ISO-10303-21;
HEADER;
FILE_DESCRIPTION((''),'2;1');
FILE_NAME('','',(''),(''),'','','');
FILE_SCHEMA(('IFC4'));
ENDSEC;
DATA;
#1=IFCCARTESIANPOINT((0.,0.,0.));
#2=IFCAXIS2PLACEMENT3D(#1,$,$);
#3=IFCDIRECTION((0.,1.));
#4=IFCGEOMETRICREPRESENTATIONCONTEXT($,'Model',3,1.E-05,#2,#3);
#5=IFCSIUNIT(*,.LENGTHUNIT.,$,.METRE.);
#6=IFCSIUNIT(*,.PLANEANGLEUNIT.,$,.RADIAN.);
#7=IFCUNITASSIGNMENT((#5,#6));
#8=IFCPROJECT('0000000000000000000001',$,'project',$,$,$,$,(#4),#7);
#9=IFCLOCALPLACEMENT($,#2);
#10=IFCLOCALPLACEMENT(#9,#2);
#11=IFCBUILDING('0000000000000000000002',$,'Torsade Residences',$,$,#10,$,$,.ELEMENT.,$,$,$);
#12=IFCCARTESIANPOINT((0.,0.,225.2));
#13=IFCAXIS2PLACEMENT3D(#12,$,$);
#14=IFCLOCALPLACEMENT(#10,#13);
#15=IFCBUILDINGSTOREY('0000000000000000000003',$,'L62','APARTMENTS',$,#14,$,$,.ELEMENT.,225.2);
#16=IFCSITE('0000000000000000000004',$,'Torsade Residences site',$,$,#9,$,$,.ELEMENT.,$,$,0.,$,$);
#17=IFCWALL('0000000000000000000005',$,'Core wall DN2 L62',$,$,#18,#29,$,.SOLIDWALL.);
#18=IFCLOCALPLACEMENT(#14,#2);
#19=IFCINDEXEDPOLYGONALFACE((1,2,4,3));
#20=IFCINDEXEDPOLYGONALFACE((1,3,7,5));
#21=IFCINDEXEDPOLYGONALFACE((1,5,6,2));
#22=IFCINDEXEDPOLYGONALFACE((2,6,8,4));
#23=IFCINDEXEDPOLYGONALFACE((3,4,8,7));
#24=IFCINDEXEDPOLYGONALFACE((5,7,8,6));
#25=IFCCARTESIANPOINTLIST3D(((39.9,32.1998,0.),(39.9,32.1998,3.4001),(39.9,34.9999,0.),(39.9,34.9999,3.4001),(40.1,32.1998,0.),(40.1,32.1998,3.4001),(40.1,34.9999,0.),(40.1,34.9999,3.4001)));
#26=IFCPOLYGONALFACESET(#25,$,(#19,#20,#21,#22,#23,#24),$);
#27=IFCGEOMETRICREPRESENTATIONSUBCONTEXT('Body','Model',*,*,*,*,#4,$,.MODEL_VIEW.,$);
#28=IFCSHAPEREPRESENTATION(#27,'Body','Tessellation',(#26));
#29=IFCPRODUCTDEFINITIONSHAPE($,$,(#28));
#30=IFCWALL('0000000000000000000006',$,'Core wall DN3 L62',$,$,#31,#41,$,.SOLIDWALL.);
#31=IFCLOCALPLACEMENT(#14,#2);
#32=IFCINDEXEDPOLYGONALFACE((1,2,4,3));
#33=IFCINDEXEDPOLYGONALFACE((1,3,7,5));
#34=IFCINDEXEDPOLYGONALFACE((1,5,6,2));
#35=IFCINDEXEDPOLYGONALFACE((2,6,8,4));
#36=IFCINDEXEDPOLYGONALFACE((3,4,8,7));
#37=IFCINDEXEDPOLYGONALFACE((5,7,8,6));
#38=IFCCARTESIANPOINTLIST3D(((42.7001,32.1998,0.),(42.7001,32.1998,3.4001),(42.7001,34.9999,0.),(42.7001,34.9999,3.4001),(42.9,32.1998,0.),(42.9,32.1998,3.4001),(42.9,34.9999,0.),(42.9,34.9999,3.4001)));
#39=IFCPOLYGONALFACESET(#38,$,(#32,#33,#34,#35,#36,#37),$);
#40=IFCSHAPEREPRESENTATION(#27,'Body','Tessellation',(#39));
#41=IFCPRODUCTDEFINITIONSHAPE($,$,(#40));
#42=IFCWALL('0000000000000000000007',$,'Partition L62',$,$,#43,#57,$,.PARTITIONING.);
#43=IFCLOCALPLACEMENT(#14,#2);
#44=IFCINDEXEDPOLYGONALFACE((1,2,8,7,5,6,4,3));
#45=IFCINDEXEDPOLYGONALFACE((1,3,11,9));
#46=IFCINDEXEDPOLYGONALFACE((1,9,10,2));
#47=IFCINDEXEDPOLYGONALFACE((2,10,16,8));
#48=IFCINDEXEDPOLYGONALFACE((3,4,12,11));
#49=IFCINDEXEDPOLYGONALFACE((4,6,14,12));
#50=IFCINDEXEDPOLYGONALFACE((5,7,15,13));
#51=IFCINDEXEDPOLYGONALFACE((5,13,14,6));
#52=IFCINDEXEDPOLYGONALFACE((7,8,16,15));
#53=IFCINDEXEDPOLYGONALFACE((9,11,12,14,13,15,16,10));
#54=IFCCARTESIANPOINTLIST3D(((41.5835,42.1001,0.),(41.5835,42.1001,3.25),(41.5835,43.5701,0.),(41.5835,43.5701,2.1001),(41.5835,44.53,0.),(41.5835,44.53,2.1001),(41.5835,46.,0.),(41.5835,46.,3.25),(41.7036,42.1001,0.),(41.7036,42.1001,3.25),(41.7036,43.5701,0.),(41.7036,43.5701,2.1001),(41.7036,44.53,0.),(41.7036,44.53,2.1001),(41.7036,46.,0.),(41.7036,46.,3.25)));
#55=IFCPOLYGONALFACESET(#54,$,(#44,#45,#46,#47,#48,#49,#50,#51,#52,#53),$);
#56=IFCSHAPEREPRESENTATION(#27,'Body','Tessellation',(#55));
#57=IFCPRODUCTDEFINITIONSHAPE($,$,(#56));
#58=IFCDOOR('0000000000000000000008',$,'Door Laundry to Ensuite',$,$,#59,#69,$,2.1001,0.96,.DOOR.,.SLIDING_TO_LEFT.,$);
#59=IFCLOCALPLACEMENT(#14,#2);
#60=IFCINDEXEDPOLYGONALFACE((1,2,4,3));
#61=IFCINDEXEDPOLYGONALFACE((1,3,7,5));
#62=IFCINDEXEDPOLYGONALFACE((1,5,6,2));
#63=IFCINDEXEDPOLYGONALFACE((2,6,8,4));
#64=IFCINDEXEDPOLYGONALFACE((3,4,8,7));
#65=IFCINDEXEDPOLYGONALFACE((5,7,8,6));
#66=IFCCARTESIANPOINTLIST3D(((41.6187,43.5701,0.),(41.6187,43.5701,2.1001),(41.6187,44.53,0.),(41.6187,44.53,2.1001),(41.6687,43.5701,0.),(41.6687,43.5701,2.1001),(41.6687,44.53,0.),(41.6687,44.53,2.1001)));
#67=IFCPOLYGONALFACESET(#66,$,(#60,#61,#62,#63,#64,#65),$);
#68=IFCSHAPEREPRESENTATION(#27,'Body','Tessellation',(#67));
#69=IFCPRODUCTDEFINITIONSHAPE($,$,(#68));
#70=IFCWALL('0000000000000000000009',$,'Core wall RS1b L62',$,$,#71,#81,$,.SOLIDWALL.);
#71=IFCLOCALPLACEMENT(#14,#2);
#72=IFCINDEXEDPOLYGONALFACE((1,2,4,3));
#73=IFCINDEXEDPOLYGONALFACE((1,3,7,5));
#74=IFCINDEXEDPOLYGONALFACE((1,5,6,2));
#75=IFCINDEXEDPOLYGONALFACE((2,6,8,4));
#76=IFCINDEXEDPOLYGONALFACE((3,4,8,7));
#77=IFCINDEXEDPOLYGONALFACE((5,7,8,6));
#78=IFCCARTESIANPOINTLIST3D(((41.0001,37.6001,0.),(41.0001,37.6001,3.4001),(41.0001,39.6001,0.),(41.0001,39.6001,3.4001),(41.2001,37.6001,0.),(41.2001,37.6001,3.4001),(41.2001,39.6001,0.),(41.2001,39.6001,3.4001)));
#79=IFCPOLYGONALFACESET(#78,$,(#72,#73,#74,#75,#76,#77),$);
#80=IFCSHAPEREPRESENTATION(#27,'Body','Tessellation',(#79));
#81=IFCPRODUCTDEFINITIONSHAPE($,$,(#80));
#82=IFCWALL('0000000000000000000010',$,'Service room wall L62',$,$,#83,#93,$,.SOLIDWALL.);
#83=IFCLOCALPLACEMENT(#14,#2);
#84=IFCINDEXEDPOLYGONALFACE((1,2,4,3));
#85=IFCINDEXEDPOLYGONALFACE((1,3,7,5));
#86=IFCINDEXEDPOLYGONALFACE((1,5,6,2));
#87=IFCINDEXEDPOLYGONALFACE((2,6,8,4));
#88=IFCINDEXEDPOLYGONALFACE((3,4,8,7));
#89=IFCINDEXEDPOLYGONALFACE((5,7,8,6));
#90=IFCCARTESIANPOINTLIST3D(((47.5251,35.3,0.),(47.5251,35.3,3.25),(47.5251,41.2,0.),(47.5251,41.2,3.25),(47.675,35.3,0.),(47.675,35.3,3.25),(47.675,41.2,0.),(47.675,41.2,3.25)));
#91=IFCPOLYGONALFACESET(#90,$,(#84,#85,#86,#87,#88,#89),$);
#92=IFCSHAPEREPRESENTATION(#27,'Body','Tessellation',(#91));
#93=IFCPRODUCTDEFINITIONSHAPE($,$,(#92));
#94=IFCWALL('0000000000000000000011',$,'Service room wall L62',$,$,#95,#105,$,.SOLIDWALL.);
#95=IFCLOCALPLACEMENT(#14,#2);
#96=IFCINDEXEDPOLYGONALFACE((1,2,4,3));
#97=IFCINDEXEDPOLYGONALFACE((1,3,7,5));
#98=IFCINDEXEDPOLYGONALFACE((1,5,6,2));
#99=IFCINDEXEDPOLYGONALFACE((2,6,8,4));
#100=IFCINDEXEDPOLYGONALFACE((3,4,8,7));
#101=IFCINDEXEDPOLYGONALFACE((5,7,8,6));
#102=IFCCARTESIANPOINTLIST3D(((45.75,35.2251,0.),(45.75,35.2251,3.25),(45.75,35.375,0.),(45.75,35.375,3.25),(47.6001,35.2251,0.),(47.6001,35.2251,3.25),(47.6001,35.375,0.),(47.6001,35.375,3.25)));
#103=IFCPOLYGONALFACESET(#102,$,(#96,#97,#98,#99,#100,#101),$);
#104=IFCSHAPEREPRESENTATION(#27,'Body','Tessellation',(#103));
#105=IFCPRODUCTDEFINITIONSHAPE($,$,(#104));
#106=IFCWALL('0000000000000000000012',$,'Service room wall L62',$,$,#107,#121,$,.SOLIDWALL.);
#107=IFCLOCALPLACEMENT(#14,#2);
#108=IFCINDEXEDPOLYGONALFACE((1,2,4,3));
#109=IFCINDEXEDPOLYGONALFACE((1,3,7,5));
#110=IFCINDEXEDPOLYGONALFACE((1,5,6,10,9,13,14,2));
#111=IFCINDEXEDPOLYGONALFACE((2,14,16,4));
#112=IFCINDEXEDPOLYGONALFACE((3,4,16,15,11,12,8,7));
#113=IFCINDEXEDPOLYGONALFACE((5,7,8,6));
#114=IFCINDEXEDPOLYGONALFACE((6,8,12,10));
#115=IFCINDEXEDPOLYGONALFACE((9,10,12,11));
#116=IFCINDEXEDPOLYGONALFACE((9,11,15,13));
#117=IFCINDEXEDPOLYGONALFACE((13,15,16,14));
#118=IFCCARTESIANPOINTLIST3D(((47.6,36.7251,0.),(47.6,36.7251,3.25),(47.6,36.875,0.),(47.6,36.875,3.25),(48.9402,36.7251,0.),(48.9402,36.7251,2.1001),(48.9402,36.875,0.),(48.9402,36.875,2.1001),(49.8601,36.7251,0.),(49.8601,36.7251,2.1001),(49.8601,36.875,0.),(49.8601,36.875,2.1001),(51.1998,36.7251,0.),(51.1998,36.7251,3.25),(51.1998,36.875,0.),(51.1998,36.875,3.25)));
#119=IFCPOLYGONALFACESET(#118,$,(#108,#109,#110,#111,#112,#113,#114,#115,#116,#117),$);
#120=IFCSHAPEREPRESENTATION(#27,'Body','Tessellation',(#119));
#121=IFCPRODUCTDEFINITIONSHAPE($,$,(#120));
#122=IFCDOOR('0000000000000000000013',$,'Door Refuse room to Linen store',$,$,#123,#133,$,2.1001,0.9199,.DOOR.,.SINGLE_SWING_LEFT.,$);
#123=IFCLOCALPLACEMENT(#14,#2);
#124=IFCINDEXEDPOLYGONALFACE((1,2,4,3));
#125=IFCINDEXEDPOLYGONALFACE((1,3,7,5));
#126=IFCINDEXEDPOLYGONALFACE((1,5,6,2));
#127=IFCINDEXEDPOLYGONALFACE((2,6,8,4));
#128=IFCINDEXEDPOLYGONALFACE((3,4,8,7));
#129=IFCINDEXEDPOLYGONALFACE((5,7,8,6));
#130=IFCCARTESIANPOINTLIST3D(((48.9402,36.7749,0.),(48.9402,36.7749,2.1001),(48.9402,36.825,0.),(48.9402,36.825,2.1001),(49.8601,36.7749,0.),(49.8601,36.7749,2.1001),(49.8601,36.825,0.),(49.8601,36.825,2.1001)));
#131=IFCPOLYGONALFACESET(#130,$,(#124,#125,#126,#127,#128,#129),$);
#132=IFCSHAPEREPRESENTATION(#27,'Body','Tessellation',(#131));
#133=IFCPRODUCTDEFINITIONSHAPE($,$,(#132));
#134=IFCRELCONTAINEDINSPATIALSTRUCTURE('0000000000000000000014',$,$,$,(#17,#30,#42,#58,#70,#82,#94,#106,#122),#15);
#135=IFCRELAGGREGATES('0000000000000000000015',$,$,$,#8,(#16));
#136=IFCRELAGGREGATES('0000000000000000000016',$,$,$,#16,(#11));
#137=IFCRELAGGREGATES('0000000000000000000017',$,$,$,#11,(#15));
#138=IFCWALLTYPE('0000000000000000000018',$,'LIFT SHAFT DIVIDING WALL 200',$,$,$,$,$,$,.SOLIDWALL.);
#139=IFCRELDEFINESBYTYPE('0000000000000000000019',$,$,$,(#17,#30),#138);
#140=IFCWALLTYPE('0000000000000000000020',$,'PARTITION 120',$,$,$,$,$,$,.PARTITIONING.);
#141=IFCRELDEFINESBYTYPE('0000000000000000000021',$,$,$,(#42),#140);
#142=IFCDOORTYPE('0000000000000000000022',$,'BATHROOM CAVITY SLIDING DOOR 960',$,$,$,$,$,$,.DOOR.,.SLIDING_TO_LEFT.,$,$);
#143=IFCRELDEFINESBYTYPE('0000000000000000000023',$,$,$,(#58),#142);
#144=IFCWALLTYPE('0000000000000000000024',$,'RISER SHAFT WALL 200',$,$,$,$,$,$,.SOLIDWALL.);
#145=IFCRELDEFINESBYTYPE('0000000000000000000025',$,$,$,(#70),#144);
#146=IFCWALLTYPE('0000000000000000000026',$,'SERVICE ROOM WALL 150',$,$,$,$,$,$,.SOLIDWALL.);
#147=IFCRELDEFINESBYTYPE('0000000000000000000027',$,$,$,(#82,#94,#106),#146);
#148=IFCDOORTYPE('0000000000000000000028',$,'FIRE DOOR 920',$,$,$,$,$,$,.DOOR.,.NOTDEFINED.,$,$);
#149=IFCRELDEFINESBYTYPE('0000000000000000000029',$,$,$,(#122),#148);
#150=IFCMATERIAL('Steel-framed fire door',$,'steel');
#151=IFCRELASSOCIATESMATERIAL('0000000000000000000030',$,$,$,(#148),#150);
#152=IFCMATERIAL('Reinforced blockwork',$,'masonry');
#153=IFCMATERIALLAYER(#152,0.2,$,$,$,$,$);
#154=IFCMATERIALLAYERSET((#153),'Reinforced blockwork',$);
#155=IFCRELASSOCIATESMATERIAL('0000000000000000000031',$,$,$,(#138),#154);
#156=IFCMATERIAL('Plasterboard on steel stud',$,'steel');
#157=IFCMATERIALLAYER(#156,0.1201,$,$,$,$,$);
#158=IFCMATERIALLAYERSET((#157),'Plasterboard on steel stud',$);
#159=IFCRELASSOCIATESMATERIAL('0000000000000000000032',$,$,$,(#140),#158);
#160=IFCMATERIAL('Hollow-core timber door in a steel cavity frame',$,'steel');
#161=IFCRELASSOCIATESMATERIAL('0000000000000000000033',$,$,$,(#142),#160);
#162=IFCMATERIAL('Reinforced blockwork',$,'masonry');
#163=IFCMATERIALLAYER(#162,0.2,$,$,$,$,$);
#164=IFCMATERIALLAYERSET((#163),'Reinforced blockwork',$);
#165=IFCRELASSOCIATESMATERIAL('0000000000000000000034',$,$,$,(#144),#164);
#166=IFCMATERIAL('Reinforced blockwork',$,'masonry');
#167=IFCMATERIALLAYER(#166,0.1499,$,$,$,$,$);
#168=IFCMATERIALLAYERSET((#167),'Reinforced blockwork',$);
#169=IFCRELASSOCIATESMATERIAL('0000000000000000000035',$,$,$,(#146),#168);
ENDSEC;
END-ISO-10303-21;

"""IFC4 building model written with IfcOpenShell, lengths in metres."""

from ifc_helpers import new_model, si_unit, direction, frame, frame_2d, origin, place, context, subcontext, project, spatial, rectangle, extrude, material, layer, layer_set, type_object, element, fill, save


model = new_model("IFC4")

# Units and contexts
model_context = context("Model", 3, precision=1e-05, world=origin(), true_north=direction((0.0, 1.0)))
body_context = subcontext(model_context, "Body", "Model", "MODEL_VIEW")
ifc_project = project(units=[si_unit("LENGTHUNIT", "METRE"), si_unit("PLANEANGLEUNIT", "RADIAN")], contexts=[model_context])

# Site, building, storey
site_placement = place(None, origin())
site = spatial("IfcSite", under=ifc_project, at=site_placement, Name="Torsade Residences site", CompositionType="ELEMENT", RefElevation=0.0)
building_placement = place(site_placement, origin())
building = spatial("IfcBuilding", under=site, at=building_placement, Name="Torsade Residences", CompositionType="ELEMENT")
storey_placement = place(building_placement, frame((0.0, 0.0, 225.2)))
storey = spatial("IfcBuildingStorey", under=building, at=storey_placement, Name="L62", Description="APARTMENTS", CompositionType="ELEMENT", Elevation=225.2)

# Shared definitions
ifc_material_1 = material(Name="Steel-framed fire door", Category="steel")
door_type_1 = type_object("IfcDoorType", Name="FIRE DOOR 920", OperationType="NOTDEFINED", PredefinedType="DOOR", material=ifc_material_1)

# Walls
ifc_material_2 = material(Name="Reinforced blockwork", Category="masonry")
ifc_layer_1 = layer(ifc_material_2, 0.2)
ifc_layer_set_1 = layer_set([ifc_layer_1], Name="Reinforced blockwork")
wall_type_1 = type_object("IfcWallType", Name="LIFT SHAFT DIVIDING WALL 200", PredefinedType="SOLIDWALL", material=ifc_layer_set_1)
for number, where, z_axis, x_axis, name in (
    (1, (40.0, 32.2, 0.0), (0.0, 0.0, 1.0), (0.0, 1.0, 0.0), "Core wall DN2 L62"),
    (2, (42.8, 32.2, 0.0), (0.0, 0.0, 1.0), (0.0, 1.0, 0.0), "Core wall DN3 L62"),
):
    element("IfcWall", number, at=place(storey_placement, frame(where, z_axis=z_axis, x_axis=x_axis)), inside=storey, type_object=wall_type_1, Name=name, PredefinedType="SOLIDWALL", context=body_context, shape_type="SweptSolid", body=[
        extrude(rectangle(XDim=2.8, YDim=0.2, at=frame_2d((1.3999, 0.0))), origin(), (0.0, 0.0, 1.0), 3.4001),
    ])

# Wall, opening, door
ifc_material_3 = material(Name="Plasterboard on steel stud", Category="steel")
ifc_layer_2 = layer(ifc_material_3, 0.1201)
ifc_layer_set_2 = layer_set([ifc_layer_2], Name="Plasterboard on steel stud")
wall_type_2 = type_object("IfcWallType", Name="PARTITION 120", PredefinedType="PARTITIONING", material=ifc_layer_set_2)
wall_1_placement = place(storey_placement, frame((41.6436, 42.1001, 0.0), z_axis=(0.0, 0.0, 1.0), x_axis=(0.0, 1.0, 0.0)))
wall_1 = element("IfcWall", 3, at=wall_1_placement, inside=storey, type_object=wall_type_2, Name="Partition L62", PredefinedType="PARTITIONING", context=body_context, shape_type="SweptSolid", body=[
    extrude(rectangle(XDim=3.8999, YDim=0.1201, at=frame_2d((1.95, 0.0))), origin(), (0.0, 0.0, 1.0), 3.25),
])
opening_1_placement = place(wall_1_placement, frame((1.47, 0.0, 0.0)))
opening_1 = element("IfcOpeningElement", 4, at=opening_1_placement, cuts=wall_1, PredefinedType="OPENING", context=body_context, shape_type="SweptSolid", body=[
    extrude(rectangle(XDim=0.96, YDim=2.1001, at=frame_2d((0.48, 1.05))), frame((0.0, 0.0701, 0.0), z_axis=(0.0, -1.0, 0.0), x_axis=(1.0, 0.0, 0.0)), (0.0, 0.0, 1.0), 0.1401),
])
ifc_material_4 = material(Name="Hollow-core timber door in a steel cavity frame", Category="steel")
door_type_2 = type_object("IfcDoorType", Name="BATHROOM CAVITY SLIDING DOOR 960", OperationType="SLIDING_TO_LEFT", PredefinedType="DOOR", material=ifc_material_4)
door_1_placement = place(opening_1_placement, origin())
door_1 = element("IfcDoor", 5, at=door_1_placement, inside=storey, type_object=door_type_2, Name="Door Laundry to Ensuite", OperationType="SLIDING_TO_LEFT", OverallHeight=2.1001, OverallWidth=0.96, PredefinedType="DOOR", context=body_context, shape_type="SweptSolid", body=[
    extrude(rectangle(XDim=0.96, YDim=2.1001, at=frame_2d((0.48, 1.05))), frame((0.0, 0.0249, 0.0), z_axis=(0.0, -1.0, 0.0), x_axis=(1.0, 0.0, 0.0)), (0.0, 0.0, 1.0), 0.05),
])
fill(opening_1, door_1)

# Walls
ifc_material_5 = material(Name="Reinforced blockwork", Category="masonry")
ifc_layer_3 = layer(ifc_material_5, 0.2)
ifc_layer_set_3 = layer_set([ifc_layer_3], Name="Reinforced blockwork")
wall_type_3 = type_object("IfcWallType", Name="RISER SHAFT WALL 200", PredefinedType="SOLIDWALL", material=ifc_layer_set_3)
wall_2_placement = place(storey_placement, frame((41.1001, 37.6001, 0.0), z_axis=(0.0, 0.0, 1.0), x_axis=(0.0, 1.0, 0.0)))
element("IfcWall", 6, at=wall_2_placement, inside=storey, type_object=wall_type_3, Name="Core wall RS1b L62", PredefinedType="SOLIDWALL", context=body_context, shape_type="SweptSolid", body=[
    extrude(rectangle(XDim=2.0, YDim=0.2, at=frame_2d((1.0, 0.0))), origin(), (0.0, 0.0, 1.0), 3.4001),
])
ifc_material_6 = material(Name="Reinforced blockwork", Category="masonry")
ifc_layer_4 = layer(ifc_material_6, 0.1499)
ifc_layer_set_4 = layer_set([ifc_layer_4], Name="Reinforced blockwork")
wall_type_4 = type_object("IfcWallType", Name="SERVICE ROOM WALL 150", PredefinedType="SOLIDWALL", material=ifc_layer_set_4)
wall_3_placement = place(storey_placement, frame((47.6001, 41.2, 0.0), z_axis=(0.0, 0.0, 1.0), x_axis=(0.0, -1.0, 0.0)))
element("IfcWall", 7, at=wall_3_placement, inside=storey, type_object=wall_type_4, Name="Service room wall L62", PredefinedType="SOLIDWALL", context=body_context, shape_type="SweptSolid", body=[
    extrude(rectangle(XDim=5.8999, YDim=0.1499, at=frame_2d((2.95, 0.0))), origin(), (0.0, 0.0, 1.0), 3.25),
])
wall_4_placement = place(storey_placement, frame((47.6001, 35.3, 0.0), z_axis=(0.0, 0.0, 1.0), x_axis=(-1.0, 0.0, 0.0)))
element("IfcWall", 8, at=wall_4_placement, inside=storey, type_object=wall_type_4, Name="Service room wall L62", PredefinedType="SOLIDWALL", context=body_context, shape_type="SweptSolid", body=[
    extrude(rectangle(XDim=1.8501, YDim=0.1499, at=frame_2d((0.925, 0.0))), origin(), (0.0, 0.0, 1.0), 3.25),
])

# Wall, opening, door
wall_5_placement = place(storey_placement, frame((47.6001, 36.8, 0.0), z_axis=(0.0, 0.0, 1.0), x_axis=(1.0, 0.0, 0.0)))
wall_5 = element("IfcWall", 9, at=wall_5_placement, inside=storey, type_object=wall_type_4, Name="Service room wall L62", PredefinedType="SOLIDWALL", context=body_context, shape_type="SweptSolid", body=[
    extrude(rectangle(XDim=3.5999, YDim=0.1499, at=frame_2d((1.7998, 0.0))), origin(), (0.0, 0.0, 1.0), 3.25),
])
opening_2_placement = place(wall_5_placement, frame((1.3401, 0.0, 0.0)))
opening_2 = element("IfcOpeningElement", 10, at=opening_2_placement, cuts=wall_5, PredefinedType="OPENING", context=body_context, shape_type="SweptSolid", body=[
    extrude(rectangle(XDim=0.9199, YDim=2.1001, at=frame_2d((0.46, 1.05))), frame((0.0, 0.085, 0.0), z_axis=(0.0, -1.0, 0.0), x_axis=(1.0, 0.0, 0.0)), (0.0, 0.0, 1.0), 0.1699),
])
door_2_placement = place(opening_2_placement, origin())
door_2 = element("IfcDoor", 11, at=door_2_placement, inside=storey, type_object=door_type_1, Name="Door Refuse room to Linen store", OperationType="SINGLE_SWING_LEFT", OverallHeight=2.1001, OverallWidth=0.9199, PredefinedType="DOOR", context=body_context, shape_type="SweptSolid", body=[
    extrude(rectangle(XDim=0.9199, YDim=2.1001, at=frame_2d((0.46, 1.05))), frame((0.0, 0.0249, 0.0), z_axis=(0.0, -1.0, 0.0), x_axis=(1.0, 0.0, 0.0)), (0.0, 0.0, 1.0), 0.05),
])
fill(opening_2, door_2)

save(model, "model.ifc")
